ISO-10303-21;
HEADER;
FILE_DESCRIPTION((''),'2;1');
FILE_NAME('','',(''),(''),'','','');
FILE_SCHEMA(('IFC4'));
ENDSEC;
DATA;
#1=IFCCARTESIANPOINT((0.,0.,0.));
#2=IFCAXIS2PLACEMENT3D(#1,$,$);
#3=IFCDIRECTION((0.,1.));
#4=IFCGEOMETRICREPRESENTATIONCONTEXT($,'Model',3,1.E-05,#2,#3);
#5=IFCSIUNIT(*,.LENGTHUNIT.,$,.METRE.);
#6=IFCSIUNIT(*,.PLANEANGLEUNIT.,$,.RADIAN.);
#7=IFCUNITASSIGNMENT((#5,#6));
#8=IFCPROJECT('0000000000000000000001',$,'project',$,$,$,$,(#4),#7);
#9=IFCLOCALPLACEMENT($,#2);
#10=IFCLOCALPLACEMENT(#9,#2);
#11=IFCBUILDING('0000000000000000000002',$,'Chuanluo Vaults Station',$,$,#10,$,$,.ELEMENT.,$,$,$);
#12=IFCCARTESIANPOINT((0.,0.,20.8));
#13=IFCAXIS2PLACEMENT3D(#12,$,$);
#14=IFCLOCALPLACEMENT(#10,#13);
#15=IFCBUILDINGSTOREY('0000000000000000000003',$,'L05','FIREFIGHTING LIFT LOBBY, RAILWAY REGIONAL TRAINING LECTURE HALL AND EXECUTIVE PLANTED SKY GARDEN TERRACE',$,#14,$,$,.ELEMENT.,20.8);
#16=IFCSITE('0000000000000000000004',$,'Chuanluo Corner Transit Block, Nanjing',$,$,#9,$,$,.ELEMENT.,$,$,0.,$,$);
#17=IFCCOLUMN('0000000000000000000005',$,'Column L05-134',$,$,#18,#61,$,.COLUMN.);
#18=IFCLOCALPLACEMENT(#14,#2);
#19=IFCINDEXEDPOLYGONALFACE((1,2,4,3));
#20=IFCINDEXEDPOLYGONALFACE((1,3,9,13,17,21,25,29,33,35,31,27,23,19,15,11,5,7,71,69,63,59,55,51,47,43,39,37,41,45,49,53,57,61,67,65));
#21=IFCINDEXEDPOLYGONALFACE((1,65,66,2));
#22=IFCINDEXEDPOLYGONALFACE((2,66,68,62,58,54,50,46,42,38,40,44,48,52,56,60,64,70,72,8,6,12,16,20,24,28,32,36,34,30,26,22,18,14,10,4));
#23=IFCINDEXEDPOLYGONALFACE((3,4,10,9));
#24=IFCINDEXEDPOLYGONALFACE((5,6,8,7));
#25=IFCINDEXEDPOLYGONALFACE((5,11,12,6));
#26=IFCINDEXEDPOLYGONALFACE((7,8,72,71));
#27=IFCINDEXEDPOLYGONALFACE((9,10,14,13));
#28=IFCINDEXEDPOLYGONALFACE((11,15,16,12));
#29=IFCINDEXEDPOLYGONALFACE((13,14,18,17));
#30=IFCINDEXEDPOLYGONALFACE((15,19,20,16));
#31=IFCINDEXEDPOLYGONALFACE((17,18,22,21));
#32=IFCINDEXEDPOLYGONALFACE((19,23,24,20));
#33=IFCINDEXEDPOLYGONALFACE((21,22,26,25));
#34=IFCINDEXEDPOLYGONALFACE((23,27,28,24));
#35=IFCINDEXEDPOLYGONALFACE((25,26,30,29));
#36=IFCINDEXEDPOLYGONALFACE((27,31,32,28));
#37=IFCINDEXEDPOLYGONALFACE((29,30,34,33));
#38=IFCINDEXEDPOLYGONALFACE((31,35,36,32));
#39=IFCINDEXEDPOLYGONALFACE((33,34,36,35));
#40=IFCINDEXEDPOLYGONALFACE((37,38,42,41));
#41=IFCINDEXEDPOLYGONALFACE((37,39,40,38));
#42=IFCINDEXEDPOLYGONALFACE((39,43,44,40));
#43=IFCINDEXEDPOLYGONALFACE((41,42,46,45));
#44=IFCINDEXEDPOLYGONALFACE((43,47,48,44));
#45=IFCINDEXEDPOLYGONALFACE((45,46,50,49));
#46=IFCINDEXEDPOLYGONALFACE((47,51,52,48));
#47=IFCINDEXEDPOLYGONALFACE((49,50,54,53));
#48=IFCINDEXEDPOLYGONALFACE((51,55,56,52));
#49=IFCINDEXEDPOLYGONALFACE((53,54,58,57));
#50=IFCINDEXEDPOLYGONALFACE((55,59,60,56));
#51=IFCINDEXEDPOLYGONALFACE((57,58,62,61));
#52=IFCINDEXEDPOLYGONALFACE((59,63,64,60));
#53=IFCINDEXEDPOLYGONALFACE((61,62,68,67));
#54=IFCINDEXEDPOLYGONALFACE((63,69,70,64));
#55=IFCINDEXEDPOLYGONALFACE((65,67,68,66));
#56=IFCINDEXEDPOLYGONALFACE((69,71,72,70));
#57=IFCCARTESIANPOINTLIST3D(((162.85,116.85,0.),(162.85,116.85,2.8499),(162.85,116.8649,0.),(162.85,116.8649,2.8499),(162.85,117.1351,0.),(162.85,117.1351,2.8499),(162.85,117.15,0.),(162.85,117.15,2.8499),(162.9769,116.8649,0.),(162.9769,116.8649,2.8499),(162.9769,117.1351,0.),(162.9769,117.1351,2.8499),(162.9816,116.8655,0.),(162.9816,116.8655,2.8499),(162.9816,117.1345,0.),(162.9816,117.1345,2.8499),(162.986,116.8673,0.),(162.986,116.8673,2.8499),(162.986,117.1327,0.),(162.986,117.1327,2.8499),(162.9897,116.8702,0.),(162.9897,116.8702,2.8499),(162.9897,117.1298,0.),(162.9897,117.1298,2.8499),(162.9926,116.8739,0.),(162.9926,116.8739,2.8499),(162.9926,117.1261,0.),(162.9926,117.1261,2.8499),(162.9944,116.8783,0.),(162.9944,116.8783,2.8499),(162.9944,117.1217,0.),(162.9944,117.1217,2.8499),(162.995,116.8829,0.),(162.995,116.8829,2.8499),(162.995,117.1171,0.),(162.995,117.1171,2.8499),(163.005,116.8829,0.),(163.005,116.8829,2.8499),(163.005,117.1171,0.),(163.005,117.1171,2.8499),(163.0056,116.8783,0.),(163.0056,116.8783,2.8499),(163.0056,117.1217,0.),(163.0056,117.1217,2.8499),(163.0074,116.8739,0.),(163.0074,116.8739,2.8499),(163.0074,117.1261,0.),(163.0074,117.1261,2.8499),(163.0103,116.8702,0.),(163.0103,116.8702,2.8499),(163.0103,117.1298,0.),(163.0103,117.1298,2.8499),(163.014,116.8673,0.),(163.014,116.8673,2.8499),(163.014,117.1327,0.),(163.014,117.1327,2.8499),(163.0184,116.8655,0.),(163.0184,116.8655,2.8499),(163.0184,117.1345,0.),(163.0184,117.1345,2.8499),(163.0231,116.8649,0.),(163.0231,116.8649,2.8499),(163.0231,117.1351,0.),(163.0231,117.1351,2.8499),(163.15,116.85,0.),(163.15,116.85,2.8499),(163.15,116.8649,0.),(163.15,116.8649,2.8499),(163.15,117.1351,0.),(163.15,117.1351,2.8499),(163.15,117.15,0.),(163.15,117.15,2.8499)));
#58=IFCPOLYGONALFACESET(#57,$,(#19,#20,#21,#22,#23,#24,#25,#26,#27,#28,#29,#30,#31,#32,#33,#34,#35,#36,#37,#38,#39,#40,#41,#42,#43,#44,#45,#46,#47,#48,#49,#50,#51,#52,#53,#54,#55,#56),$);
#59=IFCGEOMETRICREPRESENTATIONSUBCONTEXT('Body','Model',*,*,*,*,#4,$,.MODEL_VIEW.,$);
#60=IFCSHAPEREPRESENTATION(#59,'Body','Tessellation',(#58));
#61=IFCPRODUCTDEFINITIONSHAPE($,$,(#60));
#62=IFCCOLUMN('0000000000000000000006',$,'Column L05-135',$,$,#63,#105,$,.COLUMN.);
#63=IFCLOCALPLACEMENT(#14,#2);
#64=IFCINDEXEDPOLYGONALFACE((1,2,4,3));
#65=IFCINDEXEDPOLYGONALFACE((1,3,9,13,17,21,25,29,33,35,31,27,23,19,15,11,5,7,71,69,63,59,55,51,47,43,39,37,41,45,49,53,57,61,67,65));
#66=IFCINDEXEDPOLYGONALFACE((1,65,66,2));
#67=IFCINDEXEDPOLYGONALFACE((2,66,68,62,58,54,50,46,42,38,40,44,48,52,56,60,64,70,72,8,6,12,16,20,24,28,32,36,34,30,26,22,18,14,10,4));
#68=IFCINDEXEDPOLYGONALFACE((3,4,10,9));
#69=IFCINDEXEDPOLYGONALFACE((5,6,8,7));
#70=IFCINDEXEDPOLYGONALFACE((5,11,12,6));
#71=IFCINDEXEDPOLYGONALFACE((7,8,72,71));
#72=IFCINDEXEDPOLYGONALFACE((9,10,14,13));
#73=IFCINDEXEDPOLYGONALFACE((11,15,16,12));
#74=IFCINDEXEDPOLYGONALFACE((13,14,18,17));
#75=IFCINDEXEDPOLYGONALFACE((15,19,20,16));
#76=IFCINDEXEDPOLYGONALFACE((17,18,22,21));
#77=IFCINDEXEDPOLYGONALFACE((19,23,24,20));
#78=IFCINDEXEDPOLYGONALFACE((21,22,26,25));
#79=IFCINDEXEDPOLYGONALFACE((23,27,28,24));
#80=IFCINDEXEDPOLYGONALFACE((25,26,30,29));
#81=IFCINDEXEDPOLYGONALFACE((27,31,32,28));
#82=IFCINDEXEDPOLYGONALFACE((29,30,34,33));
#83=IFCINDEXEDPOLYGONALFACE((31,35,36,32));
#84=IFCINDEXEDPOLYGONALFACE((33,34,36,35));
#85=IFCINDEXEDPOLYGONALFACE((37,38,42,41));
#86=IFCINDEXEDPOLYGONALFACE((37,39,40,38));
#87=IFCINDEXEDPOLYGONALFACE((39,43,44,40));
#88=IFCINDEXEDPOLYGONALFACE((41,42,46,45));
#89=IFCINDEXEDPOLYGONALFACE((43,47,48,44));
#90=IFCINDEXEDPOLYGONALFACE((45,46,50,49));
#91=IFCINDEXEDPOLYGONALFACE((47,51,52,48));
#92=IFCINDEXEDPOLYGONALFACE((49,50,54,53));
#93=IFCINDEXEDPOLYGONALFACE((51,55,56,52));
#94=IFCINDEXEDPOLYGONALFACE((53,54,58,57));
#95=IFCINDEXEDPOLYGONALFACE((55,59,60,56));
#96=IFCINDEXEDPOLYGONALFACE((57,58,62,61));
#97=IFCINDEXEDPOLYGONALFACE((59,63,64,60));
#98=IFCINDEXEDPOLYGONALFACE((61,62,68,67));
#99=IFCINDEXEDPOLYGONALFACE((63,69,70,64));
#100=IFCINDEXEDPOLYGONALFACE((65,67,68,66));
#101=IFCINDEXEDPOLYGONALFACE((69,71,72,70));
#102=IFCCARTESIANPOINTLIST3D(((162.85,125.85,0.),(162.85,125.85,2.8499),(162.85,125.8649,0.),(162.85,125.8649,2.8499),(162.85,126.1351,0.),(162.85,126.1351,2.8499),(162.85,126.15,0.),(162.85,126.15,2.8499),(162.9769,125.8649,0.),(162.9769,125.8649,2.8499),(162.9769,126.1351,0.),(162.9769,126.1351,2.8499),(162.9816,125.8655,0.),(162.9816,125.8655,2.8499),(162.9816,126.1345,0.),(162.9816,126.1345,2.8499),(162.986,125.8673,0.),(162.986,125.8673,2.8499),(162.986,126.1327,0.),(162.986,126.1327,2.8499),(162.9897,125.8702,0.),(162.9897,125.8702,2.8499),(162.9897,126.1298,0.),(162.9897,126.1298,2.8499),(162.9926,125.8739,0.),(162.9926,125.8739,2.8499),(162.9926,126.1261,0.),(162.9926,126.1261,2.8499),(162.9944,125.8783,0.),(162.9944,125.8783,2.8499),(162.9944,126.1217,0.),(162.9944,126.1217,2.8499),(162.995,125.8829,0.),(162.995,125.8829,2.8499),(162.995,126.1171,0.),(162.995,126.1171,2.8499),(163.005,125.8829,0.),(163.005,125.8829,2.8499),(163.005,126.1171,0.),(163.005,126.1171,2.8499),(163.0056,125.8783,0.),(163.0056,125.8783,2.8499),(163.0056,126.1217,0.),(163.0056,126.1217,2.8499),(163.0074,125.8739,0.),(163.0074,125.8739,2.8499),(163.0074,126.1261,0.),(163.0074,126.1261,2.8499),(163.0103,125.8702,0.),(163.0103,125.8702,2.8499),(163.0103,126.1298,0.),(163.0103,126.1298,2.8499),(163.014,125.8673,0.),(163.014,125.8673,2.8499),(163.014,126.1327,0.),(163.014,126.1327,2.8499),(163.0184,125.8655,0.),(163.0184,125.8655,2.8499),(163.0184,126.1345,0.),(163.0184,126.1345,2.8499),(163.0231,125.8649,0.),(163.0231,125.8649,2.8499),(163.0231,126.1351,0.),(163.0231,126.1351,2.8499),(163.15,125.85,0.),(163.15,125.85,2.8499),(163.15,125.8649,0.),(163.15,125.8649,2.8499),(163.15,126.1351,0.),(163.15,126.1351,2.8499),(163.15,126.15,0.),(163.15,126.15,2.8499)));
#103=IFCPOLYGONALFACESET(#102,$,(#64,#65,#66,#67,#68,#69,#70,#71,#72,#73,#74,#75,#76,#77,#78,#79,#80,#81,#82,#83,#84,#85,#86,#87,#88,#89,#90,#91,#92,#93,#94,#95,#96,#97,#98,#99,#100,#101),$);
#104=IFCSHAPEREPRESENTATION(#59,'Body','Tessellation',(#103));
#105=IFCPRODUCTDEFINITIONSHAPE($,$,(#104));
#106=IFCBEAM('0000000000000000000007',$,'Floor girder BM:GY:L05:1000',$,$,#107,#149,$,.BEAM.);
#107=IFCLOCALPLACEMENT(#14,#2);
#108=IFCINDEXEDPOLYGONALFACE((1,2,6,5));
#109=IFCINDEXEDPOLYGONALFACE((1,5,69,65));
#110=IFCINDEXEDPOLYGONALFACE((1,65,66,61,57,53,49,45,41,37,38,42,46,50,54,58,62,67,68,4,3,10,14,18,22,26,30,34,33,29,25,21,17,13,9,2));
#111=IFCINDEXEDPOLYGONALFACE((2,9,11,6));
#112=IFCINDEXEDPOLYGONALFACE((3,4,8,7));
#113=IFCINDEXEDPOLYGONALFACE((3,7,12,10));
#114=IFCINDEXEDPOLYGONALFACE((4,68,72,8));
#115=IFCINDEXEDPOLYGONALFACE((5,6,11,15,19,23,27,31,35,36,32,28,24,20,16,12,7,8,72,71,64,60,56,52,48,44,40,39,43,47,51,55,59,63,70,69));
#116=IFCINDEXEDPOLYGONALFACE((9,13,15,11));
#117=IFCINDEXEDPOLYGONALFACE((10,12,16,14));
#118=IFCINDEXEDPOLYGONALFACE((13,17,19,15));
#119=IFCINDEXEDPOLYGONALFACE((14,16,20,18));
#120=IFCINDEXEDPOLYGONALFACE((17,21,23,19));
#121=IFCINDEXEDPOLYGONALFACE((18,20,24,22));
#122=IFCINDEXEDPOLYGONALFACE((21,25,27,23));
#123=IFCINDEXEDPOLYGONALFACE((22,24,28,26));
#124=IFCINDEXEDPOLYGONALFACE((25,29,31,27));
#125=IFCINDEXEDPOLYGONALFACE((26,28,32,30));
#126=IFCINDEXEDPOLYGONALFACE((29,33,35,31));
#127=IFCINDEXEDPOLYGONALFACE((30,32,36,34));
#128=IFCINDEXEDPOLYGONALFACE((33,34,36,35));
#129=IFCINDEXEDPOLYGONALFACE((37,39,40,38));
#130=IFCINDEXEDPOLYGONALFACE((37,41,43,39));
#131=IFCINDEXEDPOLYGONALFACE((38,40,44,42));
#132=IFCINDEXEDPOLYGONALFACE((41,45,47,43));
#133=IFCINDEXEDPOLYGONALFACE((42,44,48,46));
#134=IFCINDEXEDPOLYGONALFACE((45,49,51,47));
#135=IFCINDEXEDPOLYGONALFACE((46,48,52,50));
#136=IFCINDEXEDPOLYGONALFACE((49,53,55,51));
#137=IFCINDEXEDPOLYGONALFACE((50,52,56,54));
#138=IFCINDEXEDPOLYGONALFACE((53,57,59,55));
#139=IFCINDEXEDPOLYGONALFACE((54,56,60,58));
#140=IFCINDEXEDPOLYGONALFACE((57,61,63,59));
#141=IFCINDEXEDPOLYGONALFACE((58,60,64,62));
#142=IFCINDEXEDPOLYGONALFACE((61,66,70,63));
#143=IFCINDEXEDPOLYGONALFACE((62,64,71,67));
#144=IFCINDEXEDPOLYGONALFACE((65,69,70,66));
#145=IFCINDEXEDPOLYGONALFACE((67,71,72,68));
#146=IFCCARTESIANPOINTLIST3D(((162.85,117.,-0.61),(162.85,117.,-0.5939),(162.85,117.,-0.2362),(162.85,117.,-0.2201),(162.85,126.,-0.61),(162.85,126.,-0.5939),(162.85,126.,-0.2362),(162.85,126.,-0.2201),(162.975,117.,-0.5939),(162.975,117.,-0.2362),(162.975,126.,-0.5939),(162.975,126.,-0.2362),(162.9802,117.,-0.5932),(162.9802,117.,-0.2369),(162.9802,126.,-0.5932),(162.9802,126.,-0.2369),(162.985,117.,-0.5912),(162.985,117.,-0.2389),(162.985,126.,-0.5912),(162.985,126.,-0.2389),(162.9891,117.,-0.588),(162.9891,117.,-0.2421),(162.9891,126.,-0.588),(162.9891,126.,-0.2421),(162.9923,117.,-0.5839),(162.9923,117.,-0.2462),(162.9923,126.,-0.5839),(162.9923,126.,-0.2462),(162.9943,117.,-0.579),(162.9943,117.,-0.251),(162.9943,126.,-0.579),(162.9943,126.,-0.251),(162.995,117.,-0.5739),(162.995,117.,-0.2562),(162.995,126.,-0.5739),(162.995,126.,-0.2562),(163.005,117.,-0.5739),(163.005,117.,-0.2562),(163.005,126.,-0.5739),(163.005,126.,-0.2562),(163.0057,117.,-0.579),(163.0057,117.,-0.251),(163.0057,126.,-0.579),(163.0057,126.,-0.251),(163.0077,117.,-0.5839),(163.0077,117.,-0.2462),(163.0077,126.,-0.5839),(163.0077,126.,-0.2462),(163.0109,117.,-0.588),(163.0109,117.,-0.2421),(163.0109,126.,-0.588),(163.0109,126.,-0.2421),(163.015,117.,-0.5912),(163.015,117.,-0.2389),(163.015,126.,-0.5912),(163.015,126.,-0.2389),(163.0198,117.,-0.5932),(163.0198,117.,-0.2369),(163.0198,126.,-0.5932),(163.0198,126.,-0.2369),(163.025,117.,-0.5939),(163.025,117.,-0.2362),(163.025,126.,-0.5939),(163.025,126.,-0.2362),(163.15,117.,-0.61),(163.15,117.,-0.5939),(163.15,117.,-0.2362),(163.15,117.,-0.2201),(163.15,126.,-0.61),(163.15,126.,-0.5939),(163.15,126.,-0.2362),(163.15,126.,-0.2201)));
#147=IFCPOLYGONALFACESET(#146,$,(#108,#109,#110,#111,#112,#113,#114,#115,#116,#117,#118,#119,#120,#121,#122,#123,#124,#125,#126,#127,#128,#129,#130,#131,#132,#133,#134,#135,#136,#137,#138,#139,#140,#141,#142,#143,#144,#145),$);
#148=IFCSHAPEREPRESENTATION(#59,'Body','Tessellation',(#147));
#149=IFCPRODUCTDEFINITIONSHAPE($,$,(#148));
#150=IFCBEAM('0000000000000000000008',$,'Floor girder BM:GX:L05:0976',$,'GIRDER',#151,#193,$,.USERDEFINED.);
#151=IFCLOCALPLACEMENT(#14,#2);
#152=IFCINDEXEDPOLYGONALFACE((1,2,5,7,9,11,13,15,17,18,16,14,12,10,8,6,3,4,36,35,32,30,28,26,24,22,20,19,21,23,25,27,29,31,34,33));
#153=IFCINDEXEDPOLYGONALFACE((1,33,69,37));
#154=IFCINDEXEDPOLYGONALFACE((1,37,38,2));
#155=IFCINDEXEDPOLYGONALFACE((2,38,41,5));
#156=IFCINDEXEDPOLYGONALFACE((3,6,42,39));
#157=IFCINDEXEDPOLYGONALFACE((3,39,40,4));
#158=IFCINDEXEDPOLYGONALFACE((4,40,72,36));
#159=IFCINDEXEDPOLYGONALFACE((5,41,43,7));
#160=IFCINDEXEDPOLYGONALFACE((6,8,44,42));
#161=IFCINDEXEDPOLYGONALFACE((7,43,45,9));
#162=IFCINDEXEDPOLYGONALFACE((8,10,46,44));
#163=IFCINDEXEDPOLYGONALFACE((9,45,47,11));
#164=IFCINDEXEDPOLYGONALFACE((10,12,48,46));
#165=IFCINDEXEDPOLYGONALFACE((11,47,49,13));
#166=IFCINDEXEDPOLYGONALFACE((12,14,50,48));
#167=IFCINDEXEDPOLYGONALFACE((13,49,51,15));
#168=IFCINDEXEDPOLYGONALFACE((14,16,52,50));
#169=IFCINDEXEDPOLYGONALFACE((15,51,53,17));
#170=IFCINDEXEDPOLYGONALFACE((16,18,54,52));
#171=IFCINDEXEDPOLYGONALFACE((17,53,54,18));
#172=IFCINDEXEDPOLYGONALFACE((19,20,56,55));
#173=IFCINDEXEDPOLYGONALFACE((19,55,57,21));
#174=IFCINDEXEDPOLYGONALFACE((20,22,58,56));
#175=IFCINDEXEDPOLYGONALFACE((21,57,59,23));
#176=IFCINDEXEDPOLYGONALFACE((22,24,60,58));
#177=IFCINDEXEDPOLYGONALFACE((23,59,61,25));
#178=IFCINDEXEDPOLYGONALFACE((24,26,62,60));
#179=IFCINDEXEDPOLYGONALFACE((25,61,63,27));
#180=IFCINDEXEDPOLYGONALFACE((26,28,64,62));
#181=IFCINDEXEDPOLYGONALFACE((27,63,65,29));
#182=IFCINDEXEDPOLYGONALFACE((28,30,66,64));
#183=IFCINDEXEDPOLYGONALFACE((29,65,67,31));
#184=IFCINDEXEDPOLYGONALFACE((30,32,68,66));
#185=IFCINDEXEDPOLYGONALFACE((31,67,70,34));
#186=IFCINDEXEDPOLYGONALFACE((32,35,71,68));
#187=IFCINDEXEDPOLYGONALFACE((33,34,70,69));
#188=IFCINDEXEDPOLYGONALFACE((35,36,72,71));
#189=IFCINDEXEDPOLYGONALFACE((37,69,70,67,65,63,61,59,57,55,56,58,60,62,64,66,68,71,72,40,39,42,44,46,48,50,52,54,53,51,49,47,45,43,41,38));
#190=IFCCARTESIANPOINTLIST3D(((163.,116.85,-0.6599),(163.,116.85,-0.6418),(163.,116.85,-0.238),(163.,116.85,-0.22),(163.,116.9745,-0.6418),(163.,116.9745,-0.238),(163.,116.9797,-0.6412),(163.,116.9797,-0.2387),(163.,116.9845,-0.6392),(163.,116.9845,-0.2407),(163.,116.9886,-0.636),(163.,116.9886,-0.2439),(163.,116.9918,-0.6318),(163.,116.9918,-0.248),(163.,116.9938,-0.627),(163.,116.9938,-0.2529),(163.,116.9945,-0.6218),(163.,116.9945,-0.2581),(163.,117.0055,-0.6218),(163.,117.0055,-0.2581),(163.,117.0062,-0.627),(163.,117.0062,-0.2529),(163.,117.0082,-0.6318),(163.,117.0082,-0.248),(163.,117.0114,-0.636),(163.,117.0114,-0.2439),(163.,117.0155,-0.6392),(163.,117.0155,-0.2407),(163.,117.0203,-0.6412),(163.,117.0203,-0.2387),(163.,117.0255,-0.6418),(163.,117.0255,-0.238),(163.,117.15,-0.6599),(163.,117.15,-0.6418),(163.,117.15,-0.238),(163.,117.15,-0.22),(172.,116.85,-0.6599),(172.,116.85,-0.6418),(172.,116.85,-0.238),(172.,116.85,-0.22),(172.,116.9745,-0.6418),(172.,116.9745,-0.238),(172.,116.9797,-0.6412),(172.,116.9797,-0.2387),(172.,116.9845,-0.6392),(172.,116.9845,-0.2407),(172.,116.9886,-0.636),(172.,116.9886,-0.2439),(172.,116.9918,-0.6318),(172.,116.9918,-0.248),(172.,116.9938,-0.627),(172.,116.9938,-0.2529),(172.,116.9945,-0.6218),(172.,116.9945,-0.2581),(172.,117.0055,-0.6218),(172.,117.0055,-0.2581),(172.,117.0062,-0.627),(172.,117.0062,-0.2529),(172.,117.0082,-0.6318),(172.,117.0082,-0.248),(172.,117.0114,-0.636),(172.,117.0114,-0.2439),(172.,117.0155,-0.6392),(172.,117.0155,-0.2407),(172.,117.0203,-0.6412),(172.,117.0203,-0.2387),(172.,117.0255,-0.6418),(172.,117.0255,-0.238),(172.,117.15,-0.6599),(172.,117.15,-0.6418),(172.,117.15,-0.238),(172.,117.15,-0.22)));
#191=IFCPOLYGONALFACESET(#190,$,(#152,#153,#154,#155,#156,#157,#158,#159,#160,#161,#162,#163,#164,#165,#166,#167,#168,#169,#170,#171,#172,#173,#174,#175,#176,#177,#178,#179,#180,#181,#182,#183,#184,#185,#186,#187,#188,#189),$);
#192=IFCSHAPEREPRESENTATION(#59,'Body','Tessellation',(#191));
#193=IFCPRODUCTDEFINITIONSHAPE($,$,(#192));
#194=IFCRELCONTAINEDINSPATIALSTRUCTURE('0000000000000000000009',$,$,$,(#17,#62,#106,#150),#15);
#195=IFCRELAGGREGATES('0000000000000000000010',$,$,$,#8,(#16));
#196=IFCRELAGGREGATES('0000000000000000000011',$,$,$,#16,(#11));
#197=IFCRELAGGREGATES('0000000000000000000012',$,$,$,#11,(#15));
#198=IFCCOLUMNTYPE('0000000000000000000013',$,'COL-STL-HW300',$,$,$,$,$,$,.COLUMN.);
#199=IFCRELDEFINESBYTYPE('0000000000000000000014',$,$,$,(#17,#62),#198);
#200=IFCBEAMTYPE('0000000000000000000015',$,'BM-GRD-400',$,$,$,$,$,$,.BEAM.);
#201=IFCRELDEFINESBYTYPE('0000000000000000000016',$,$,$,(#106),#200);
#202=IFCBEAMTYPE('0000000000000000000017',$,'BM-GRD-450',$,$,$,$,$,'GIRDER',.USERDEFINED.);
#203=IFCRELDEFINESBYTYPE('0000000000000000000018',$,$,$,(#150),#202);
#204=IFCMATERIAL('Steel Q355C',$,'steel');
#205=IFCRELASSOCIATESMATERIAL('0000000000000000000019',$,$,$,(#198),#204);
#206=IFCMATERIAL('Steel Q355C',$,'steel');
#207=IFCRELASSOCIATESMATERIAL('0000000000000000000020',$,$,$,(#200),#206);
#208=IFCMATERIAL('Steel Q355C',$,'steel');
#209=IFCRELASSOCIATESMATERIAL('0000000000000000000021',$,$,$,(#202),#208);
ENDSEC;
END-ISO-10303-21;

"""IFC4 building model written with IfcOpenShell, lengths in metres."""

from ifc_helpers import new_model, si_unit, direction, frame, origin, origin_2d, place, context, subcontext, project, spatial, i_section, extrude, material, material_profile, profile_set, type_object, element, save


model = new_model("IFC4")

# Units and contexts
model_context = context("Model", 3, precision=1e-05, world=origin(), true_north=direction((0.0, 1.0)))
body_context = subcontext(model_context, "Body", "Model", "MODEL_VIEW")
ifc_project = project(units=[si_unit("LENGTHUNIT", "METRE"), si_unit("PLANEANGLEUNIT", "RADIAN")], contexts=[model_context])

# Site, building, storey
site_placement = place(None, origin())
site = spatial("IfcSite", under=ifc_project, at=site_placement, Name="Chuanluo Corner Transit Block, Nanjing", CompositionType="ELEMENT", RefElevation=0.0)
building_placement = place(site_placement, origin())
building = spatial("IfcBuilding", under=site, at=building_placement, Name="Chuanluo Vaults Station", CompositionType="ELEMENT")
storey_placement = place(building_placement, frame((0.0, 0.0, 20.8)))
storey = spatial("IfcBuildingStorey", under=building, at=storey_placement, Name="L05", Description="FIREFIGHTING LIFT LOBBY, RAILWAY REGIONAL TRAINING LECTURE HALL AND EXECUTIVE PLANTED SKY GARDEN TERRACE", CompositionType="ELEMENT", Elevation=20.8)

# Columns
ifc_material_1 = material(Name="Steel Q355C", Category="steel")
ifc_material_profile_1 = material_profile(ifc_material_1, i_section(OverallWidth=0.3, OverallDepth=0.3, WebThickness=0.01, FlangeThickness=0.0149, FilletRadius=0.0181, at=origin_2d()))
ifc_profile_set_1 = profile_set([ifc_material_profile_1], Name="Steel Q355C")
column_type = type_object("IfcColumnType", Name="COL-STL-HW300", PredefinedType="COLUMN", material=ifc_profile_set_1)
for number, where, z_axis, x_axis, name in (
    (1, (163.0, 117.0, 0.0), (0.0, 0.0, 1.0), (1.0, 0.0, 0.0), "Column L05-134"),
    (2, (163.0, 126.0, 0.0), (0.0, 0.0, 1.0), (1.0, 0.0, 0.0), "Column L05-135"),
):
    element("IfcColumn", number, at=place(storey_placement, frame(where, z_axis=z_axis, x_axis=x_axis)), inside=storey, type_object=column_type, Name=name, PredefinedType="COLUMN", context=body_context, shape_type="SweptSolid", body=[
        extrude(i_section(OverallWidth=0.3, OverallDepth=0.3, WebThickness=0.01, FlangeThickness=0.0149, FilletRadius=0.0181, at=origin_2d()), origin(), (0.0, 0.0, 1.0), 2.8499),
    ])

# Beams
ifc_material_2 = material(Name="Steel Q355C", Category="steel")
ifc_material_profile_2 = material_profile(ifc_material_2, i_section(OverallWidth=0.3, OverallDepth=0.3899, WebThickness=0.01, FlangeThickness=0.0161, FilletRadius=0.02, at=origin_2d()))
ifc_profile_set_2 = profile_set([ifc_material_profile_2], Name="Steel Q355C")
beam_type_1 = type_object("IfcBeamType", Name="BM-GRD-400", PredefinedType="BEAM", material=ifc_profile_set_2)
beam_1_placement = place(storey_placement, frame((163.0, 117.0, -0.415), z_axis=(0.0, 1.0, 0.0), x_axis=(-1.0, 0.0, 0.0)))
element("IfcBeam", 3, at=beam_1_placement, inside=storey, type_object=beam_type_1, Name="Floor girder BM:GY:L05:1000", PredefinedType="BEAM", context=body_context, shape_type="SweptSolid", body=[
    extrude(i_section(OverallWidth=0.3, OverallDepth=0.3899, WebThickness=0.01, FlangeThickness=0.0161, FilletRadius=0.02, at=origin_2d()), origin(), (0.0, 0.0, 1.0), 9.0),
])
ifc_material_3 = material(Name="Steel Q355C", Category="steel")
ifc_material_profile_3 = material_profile(ifc_material_3, i_section(OverallWidth=0.3, OverallDepth=0.4399, WebThickness=0.011, FlangeThickness=0.0181, FilletRadius=0.02, at=origin_2d()))
ifc_profile_set_3 = profile_set([ifc_material_profile_3], Name="Steel Q355C")
beam_type_2 = type_object("IfcBeamType", Name="BM-GRD-450", ElementType="GIRDER", PredefinedType="USERDEFINED", material=ifc_profile_set_3)
beam_2_placement = place(storey_placement, frame((163.0, 117.0, -0.4399), z_axis=(1.0, 0.0, 0.0), x_axis=(0.0, 1.0, 0.0)))
element("IfcBeam", 4, at=beam_2_placement, inside=storey, type_object=beam_type_2, Name="Floor girder BM:GX:L05:0976", ObjectType="GIRDER", PredefinedType="USERDEFINED", context=body_context, shape_type="SweptSolid", body=[
    extrude(i_section(OverallWidth=0.3, OverallDepth=0.4399, WebThickness=0.011, FlangeThickness=0.0181, FilletRadius=0.02, at=origin_2d()), origin(), (0.0, 0.0, 1.0), 9.0),
])

save(model, "model.ifc")
